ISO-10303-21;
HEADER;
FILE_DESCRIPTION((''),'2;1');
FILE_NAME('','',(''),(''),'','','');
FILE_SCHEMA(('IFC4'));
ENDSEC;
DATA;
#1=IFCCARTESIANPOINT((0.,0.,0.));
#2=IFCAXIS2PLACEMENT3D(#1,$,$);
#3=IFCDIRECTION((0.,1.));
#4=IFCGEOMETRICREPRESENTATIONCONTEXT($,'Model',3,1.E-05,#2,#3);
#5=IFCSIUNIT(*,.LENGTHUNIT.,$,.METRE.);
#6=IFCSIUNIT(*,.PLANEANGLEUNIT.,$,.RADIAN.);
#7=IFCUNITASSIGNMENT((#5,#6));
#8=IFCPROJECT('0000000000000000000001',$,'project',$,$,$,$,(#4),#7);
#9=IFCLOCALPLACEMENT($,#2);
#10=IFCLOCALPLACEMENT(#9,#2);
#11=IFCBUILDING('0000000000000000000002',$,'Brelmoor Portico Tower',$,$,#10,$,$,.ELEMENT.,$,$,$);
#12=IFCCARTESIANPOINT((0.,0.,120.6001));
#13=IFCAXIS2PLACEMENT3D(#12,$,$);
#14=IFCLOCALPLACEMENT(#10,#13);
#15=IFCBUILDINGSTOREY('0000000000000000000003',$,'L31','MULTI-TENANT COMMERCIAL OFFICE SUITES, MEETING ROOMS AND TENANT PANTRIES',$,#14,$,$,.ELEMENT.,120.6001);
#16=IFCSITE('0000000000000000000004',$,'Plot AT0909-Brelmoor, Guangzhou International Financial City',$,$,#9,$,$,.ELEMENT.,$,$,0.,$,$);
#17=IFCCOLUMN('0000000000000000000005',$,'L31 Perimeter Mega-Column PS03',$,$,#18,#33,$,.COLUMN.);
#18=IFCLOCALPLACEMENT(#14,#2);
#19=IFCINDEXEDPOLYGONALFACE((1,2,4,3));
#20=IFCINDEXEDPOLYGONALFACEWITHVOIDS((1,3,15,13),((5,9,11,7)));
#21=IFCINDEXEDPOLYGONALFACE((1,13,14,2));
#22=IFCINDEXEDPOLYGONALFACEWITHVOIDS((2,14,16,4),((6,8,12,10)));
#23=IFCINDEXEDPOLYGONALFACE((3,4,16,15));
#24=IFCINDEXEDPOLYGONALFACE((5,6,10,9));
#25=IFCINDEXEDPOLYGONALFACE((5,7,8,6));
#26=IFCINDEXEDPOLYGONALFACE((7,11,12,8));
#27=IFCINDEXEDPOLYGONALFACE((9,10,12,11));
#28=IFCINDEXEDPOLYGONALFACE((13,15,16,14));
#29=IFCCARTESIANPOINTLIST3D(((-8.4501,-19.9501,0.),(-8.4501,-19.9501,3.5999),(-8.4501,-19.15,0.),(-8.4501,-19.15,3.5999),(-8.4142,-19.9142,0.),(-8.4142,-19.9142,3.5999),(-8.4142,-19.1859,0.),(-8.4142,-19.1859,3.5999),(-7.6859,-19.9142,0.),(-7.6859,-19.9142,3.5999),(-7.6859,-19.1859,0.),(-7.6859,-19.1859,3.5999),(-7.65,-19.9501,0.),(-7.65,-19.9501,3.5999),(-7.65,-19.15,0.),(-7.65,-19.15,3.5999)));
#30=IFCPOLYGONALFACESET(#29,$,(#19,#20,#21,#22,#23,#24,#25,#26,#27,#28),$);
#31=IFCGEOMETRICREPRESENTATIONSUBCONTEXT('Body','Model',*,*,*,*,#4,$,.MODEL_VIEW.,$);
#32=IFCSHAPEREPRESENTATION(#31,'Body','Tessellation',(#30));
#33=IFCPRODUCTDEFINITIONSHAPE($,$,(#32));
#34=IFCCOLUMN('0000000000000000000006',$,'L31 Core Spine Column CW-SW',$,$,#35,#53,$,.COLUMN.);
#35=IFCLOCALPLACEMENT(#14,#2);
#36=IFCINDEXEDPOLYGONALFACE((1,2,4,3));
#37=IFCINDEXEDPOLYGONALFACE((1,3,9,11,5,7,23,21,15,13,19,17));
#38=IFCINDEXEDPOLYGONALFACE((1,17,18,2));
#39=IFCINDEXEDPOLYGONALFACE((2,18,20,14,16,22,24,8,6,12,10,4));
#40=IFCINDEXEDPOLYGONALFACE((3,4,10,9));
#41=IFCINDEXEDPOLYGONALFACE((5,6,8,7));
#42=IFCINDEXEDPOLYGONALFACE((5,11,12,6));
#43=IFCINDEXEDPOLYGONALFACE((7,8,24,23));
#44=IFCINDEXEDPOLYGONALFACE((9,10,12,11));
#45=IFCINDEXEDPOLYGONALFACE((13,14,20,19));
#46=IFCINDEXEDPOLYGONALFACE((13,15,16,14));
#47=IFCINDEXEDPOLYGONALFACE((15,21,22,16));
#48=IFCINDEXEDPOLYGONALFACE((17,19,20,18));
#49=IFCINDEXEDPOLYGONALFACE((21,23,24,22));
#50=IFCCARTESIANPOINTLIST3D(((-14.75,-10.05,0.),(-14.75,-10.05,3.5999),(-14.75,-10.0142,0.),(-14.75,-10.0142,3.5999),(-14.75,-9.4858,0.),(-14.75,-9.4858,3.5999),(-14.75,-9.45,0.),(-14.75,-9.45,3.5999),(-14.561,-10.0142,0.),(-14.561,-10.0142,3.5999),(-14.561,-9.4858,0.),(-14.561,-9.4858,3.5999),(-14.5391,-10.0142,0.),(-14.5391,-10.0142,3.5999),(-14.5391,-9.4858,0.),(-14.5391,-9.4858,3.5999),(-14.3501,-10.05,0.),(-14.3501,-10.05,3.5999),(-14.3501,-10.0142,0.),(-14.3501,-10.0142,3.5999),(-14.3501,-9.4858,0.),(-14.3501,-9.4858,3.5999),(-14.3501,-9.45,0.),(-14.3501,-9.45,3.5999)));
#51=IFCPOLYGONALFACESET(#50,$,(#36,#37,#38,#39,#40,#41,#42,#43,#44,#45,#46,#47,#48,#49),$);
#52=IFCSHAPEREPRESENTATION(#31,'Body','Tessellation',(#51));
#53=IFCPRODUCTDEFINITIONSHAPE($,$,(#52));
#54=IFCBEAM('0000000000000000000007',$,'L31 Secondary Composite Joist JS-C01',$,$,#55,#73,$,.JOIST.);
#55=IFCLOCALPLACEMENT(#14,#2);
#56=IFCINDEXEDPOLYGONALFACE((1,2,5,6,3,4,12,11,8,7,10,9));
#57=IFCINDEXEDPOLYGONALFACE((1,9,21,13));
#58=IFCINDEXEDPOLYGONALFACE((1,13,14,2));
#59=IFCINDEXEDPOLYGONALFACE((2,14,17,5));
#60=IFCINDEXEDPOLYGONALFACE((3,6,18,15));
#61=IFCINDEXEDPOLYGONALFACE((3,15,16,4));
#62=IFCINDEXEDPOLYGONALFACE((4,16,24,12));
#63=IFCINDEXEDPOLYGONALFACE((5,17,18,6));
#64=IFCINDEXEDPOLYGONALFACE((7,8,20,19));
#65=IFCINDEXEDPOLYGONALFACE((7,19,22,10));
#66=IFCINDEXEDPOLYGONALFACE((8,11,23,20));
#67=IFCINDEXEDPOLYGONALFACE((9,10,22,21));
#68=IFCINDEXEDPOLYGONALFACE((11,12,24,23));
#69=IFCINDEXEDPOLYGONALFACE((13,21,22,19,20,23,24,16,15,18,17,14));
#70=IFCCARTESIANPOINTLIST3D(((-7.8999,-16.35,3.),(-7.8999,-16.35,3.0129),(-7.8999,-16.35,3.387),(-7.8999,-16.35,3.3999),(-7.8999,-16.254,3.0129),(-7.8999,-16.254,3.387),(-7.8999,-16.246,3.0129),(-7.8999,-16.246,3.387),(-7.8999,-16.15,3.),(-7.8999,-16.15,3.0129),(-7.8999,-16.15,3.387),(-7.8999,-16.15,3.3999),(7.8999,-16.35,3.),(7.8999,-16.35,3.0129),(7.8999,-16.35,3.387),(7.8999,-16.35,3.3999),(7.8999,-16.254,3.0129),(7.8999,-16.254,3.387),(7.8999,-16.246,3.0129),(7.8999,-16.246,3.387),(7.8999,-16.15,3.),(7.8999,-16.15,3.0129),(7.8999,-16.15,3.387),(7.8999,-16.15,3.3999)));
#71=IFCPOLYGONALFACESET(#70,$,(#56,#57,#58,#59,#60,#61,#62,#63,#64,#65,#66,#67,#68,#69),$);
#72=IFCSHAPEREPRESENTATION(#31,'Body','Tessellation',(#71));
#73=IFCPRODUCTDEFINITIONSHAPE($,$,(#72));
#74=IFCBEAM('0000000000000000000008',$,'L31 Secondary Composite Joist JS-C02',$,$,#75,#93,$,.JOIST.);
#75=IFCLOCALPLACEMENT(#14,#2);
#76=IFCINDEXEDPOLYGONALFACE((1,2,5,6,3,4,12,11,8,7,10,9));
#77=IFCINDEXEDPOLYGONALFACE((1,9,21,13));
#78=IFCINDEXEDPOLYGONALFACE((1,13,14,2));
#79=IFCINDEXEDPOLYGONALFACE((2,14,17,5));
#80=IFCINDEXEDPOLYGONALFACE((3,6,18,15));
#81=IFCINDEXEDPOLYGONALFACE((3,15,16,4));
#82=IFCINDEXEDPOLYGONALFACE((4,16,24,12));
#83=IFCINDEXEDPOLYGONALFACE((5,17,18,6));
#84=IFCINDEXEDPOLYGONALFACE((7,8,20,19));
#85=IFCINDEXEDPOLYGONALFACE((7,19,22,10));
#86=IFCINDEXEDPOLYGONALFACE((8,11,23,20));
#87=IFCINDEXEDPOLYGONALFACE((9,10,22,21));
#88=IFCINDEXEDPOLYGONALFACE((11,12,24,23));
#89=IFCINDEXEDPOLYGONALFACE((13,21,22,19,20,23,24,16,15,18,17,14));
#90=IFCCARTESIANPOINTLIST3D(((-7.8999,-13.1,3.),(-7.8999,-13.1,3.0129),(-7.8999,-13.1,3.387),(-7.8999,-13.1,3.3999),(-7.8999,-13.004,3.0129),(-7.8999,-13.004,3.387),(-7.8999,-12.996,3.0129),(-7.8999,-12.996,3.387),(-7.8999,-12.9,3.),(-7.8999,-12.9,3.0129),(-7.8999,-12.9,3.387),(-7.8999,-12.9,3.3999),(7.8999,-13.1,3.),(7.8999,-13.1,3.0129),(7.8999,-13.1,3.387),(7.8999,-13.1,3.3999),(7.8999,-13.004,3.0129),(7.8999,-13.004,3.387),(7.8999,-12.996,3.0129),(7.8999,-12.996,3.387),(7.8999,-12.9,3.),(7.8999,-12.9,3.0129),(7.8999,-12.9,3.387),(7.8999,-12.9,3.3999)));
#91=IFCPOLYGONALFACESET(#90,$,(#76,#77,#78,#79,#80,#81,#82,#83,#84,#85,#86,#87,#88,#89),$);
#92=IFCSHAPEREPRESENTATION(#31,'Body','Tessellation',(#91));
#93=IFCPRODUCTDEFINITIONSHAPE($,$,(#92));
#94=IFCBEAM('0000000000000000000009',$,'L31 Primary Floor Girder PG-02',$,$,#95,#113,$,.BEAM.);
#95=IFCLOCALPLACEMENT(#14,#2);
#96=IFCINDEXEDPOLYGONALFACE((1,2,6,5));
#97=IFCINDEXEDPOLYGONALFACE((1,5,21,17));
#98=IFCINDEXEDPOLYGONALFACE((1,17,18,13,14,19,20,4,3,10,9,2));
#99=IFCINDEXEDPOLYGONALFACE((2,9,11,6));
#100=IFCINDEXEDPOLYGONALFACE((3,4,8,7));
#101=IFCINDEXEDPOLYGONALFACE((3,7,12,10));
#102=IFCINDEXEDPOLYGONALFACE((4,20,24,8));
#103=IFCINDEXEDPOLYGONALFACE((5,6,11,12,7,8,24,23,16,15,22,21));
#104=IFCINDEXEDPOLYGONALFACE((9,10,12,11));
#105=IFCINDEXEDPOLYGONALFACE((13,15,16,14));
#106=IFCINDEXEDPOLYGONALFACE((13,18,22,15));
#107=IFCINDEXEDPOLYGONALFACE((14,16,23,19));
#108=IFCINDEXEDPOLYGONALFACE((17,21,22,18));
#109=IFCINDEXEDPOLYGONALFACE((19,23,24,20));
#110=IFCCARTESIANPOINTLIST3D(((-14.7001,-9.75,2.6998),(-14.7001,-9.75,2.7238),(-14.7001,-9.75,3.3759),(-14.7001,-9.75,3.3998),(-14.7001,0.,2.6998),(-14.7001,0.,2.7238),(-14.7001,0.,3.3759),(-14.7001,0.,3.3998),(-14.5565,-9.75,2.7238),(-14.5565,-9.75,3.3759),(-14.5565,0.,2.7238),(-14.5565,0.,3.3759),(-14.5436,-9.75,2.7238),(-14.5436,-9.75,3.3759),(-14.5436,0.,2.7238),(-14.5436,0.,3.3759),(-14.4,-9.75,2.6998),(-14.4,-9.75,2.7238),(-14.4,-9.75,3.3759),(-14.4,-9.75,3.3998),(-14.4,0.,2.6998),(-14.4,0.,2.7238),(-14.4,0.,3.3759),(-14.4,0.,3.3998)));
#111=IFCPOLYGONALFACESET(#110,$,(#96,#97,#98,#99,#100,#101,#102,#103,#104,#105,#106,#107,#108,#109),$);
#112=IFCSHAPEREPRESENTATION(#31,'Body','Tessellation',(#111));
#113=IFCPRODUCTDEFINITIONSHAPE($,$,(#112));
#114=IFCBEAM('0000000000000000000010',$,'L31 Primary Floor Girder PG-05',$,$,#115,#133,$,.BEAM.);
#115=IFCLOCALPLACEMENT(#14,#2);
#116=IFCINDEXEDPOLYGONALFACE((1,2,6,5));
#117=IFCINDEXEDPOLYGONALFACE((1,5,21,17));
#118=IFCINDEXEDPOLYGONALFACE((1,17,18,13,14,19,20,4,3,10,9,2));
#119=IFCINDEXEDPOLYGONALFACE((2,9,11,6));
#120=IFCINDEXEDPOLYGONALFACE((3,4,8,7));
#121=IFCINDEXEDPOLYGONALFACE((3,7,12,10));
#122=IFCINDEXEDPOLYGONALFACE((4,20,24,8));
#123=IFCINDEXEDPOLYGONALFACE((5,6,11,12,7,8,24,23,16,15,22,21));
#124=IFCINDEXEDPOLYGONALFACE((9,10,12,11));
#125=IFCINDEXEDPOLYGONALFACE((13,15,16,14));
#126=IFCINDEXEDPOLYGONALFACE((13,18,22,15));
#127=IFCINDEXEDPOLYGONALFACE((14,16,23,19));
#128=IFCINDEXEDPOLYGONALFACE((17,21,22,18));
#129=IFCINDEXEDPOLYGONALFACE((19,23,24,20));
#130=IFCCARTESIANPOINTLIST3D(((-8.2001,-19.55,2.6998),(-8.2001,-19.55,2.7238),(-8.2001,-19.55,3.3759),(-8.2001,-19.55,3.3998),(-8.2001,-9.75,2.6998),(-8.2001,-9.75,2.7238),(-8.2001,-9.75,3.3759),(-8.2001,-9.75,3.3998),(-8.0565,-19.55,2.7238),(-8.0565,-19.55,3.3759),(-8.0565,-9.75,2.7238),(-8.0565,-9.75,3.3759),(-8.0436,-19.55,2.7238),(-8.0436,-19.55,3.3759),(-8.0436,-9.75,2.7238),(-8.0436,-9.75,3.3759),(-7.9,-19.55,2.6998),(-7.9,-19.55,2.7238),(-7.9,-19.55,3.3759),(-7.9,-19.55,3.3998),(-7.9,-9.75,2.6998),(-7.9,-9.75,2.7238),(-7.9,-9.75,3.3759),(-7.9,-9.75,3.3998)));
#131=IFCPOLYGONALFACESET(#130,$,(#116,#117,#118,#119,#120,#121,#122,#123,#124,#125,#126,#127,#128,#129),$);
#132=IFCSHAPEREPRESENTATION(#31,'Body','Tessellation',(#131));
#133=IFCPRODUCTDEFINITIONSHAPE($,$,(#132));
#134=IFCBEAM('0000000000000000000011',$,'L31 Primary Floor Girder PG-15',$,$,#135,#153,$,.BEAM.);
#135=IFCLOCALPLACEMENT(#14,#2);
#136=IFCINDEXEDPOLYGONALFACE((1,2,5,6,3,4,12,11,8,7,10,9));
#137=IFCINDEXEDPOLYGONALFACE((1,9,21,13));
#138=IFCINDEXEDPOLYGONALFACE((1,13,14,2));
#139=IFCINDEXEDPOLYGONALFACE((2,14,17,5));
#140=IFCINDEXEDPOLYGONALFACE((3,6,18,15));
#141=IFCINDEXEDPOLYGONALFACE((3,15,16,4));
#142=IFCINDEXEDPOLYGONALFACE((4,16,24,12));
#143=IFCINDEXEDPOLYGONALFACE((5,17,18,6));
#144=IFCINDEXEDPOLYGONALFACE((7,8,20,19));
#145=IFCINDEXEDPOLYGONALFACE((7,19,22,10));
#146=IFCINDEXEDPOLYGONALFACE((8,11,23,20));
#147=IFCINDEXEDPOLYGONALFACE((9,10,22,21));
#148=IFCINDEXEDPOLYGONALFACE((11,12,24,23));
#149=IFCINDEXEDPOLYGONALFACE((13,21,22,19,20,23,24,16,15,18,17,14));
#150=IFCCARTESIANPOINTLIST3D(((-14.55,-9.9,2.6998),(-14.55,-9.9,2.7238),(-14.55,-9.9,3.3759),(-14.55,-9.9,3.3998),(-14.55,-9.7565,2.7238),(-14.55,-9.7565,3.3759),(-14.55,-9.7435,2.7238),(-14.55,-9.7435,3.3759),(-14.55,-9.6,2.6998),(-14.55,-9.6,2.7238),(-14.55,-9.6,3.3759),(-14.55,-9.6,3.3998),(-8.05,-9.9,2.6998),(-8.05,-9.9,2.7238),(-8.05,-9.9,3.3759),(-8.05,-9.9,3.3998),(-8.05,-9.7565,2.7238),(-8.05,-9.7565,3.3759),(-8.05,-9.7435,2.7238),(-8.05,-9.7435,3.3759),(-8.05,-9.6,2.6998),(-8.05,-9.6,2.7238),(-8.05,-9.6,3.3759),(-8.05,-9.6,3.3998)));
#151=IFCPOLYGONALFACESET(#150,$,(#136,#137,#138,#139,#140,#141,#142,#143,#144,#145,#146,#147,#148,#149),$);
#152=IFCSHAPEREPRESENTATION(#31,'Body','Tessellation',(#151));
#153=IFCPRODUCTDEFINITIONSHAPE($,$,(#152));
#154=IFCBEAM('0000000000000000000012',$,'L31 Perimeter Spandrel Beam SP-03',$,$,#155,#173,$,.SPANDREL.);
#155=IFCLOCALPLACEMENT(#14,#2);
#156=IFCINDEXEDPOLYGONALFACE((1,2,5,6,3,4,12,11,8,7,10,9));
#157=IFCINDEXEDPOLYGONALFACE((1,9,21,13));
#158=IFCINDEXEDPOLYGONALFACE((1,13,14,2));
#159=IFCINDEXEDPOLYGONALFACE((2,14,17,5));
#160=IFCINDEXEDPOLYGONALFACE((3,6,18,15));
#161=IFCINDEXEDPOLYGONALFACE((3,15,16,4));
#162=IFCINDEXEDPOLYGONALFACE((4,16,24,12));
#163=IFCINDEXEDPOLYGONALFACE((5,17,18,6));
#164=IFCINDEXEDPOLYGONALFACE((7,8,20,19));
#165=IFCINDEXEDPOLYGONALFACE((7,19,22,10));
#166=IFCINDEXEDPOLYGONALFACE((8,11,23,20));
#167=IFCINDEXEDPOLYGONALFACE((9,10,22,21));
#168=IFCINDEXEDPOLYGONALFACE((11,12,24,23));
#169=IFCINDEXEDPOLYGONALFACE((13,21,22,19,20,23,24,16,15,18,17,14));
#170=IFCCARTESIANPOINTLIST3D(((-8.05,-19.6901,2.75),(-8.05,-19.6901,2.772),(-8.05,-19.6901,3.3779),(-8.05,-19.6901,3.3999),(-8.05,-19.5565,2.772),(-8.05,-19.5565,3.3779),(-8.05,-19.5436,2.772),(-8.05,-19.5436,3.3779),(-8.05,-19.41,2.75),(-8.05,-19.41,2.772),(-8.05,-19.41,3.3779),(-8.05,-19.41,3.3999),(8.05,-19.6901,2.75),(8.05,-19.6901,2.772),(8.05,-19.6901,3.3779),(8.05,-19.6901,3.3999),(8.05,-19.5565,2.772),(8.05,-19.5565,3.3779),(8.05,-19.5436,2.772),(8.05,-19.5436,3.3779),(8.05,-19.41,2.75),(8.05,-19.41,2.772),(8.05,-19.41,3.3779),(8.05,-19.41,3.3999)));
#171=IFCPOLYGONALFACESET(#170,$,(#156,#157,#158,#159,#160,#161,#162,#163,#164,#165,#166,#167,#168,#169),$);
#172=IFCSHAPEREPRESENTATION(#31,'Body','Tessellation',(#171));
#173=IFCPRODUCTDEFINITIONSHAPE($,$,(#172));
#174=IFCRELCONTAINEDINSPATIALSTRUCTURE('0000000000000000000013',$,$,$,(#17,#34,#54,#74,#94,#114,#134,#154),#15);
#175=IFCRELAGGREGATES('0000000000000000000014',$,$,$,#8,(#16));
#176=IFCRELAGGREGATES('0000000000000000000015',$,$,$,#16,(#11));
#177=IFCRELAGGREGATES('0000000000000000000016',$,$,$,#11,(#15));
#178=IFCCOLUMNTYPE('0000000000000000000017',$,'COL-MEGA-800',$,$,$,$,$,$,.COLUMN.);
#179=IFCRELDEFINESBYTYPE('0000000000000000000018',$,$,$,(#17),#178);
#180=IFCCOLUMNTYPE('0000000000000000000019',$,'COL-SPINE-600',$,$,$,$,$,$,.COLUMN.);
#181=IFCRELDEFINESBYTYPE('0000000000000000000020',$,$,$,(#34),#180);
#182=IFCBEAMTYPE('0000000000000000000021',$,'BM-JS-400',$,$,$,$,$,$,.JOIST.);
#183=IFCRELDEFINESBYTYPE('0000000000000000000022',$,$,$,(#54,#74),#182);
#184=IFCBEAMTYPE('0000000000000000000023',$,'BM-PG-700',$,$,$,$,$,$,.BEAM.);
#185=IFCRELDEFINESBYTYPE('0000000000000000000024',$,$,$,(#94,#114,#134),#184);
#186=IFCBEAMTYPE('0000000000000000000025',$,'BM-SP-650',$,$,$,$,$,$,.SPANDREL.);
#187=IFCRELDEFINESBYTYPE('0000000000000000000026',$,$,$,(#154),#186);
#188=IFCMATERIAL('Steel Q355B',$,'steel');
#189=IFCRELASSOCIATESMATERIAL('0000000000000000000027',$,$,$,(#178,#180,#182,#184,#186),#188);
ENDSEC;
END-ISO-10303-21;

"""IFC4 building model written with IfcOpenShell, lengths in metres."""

from ifc_helpers import new_model, si_unit, direction, frame, origin, origin_2d, place, context, subcontext, project, spatial, hollow_rectangle, i_section, extrude, material, material_profile, profile_set, type_object, element, save


model = new_model("IFC4")

# Units and contexts
model_context = context("Model", 3, precision=1e-05, world=origin(), true_north=direction((0.0, 1.0)))
body_context = subcontext(model_context, "Body", "Model", "MODEL_VIEW")
ifc_project = project(units=[si_unit("LENGTHUNIT", "METRE"), si_unit("PLANEANGLEUNIT", "RADIAN")], contexts=[model_context])

# Site, building, storey
site_placement = place(None, origin())
site = spatial("IfcSite", under=ifc_project, at=site_placement, Name="Plot AT0909-Brelmoor, Guangzhou International Financial City", CompositionType="ELEMENT", RefElevation=0.0)
building_placement = place(site_placement, origin())
building = spatial("IfcBuilding", under=site, at=building_placement, Name="Brelmoor Portico Tower", CompositionType="ELEMENT")
storey_placement = place(building_placement, frame((0.0, 0.0, 120.6001)))
storey = spatial("IfcBuildingStorey", under=building, at=storey_placement, Name="L31", Description="MULTI-TENANT COMMERCIAL OFFICE SUITES, MEETING ROOMS AND TENANT PANTRIES", CompositionType="ELEMENT", Elevation=120.6001)

# Columns
ifc_material_1 = material(Name="Steel Q355B", Category="steel")
ifc_material_profile_1 = material_profile(ifc_material_1, hollow_rectangle(XDim=0.8, YDim=0.8, WallThickness=0.0359, at=origin_2d()), Name="BOX 800x800x36")
ifc_profile_set_1 = profile_set([ifc_material_profile_1], Name="Steel Q355B")
column_type_1 = type_object("IfcColumnType", Name="COL-MEGA-800", PredefinedType="COLUMN", material=ifc_profile_set_1)
column_1_placement = place(storey_placement, frame((-8.05, -19.55, 0.0), z_axis=(0.0, 0.0, 1.0), x_axis=(1.0, 0.0, 0.0)))
element("IfcColumn", 1, at=column_1_placement, inside=storey, type_object=column_type_1, Name="L31 Perimeter Mega-Column PS03", PredefinedType="COLUMN", context=body_context, shape_type="SweptSolid", body=[
    extrude(hollow_rectangle(XDim=0.8, YDim=0.8, WallThickness=0.0359, at=origin_2d()), origin(), (0.0, 0.0, 1.0), 3.5999),
])
ifc_material_profile_2 = material_profile(ifc_material_1, i_section(OverallWidth=0.3999, OverallDepth=0.6001, WebThickness=0.022, FlangeThickness=0.0359, at=origin_2d()), Name="HW 600x400x22x36")
ifc_profile_set_2 = profile_set([ifc_material_profile_2], Name="Steel Q355B")
column_type_2 = type_object("IfcColumnType", Name="COL-SPINE-600", PredefinedType="COLUMN", material=ifc_profile_set_2)
column_2_placement = place(storey_placement, frame((-14.55, -9.75, 0.0), z_axis=(0.0, 0.0, 1.0), x_axis=(1.0, 0.0, 0.0)))
element("IfcColumn", 2, at=column_2_placement, inside=storey, type_object=column_type_2, Name="L31 Core Spine Column CW-SW", PredefinedType="COLUMN", context=body_context, shape_type="SweptSolid", body=[
    extrude(i_section(OverallWidth=0.3999, OverallDepth=0.6001, WebThickness=0.022, FlangeThickness=0.0359, at=origin_2d()), origin(), (0.0, 0.0, 1.0), 3.5999),
])

# Beams
ifc_material_profile_3 = material_profile(ifc_material_1, i_section(OverallWidth=0.2, OverallDepth=0.3999, WebThickness=0.0081, FlangeThickness=0.0129, at=origin_2d()), Name="HN 400x200x8x13")
ifc_profile_set_3 = profile_set([ifc_material_profile_3], Name="Steel Q355B")
beam_type_1 = type_object("IfcBeamType", Name="BM-JS-400", PredefinedType="JOIST", material=ifc_profile_set_3)
for number, where, z_axis, x_axis, name in (
    (3, (-7.8999, -16.25, 3.2), (1.0, 0.0, 0.0), (0.0, 1.0, 0.0), "L31 Secondary Composite Joist JS-C01"),
    (4, (-7.8999, -13.0, 3.2), (1.0, 0.0, 0.0), (0.0, 1.0, 0.0), "L31 Secondary Composite Joist JS-C02"),
):
    element("IfcBeam", number, at=place(storey_placement, frame(where, z_axis=z_axis, x_axis=x_axis)), inside=storey, type_object=beam_type_1, Name=name, PredefinedType="JOIST", context=body_context, shape_type="SweptSolid", body=[
        extrude(i_section(OverallWidth=0.2, OverallDepth=0.3999, WebThickness=0.0081, FlangeThickness=0.0129, at=origin_2d()), origin(), (0.0, 0.0, 1.0), 15.7998),
    ])
ifc_material_profile_4 = material_profile(ifc_material_1, i_section(OverallWidth=0.3, OverallDepth=0.7, WebThickness=0.0129, FlangeThickness=0.0239, at=origin_2d()), Name="HN 700x300x13x24")
ifc_profile_set_4 = profile_set([ifc_material_profile_4], Name="Steel Q355B")
beam_type_2 = type_object("IfcBeamType", Name="BM-PG-700", PredefinedType="BEAM", material=ifc_profile_set_4)
beam_1_placement = place(storey_placement, frame((-14.55, -9.75, 3.0498), z_axis=(0.0, 1.0, 0.0), x_axis=(-1.0, 0.0, 0.0)))
element("IfcBeam", 5, at=beam_1_placement, inside=storey, type_object=beam_type_2, Name="L31 Primary Floor Girder PG-02", PredefinedType="BEAM", context=body_context, shape_type="SweptSolid", body=[
    extrude(i_section(OverallWidth=0.3, OverallDepth=0.7, WebThickness=0.0129, FlangeThickness=0.0239, at=origin_2d()), origin(), (0.0, 0.0, 1.0), 9.75),
])
beam_2_placement = place(storey_placement, frame((-8.05, -19.55, 3.0498), z_axis=(0.0, 1.0, 0.0), x_axis=(-1.0, 0.0, 0.0)))
element("IfcBeam", 6, at=beam_2_placement, inside=storey, type_object=beam_type_2, Name="L31 Primary Floor Girder PG-05", PredefinedType="BEAM", context=body_context, shape_type="SweptSolid", body=[
    extrude(i_section(OverallWidth=0.3, OverallDepth=0.7, WebThickness=0.0129, FlangeThickness=0.0239, at=origin_2d()), origin(), (0.0, 0.0, 1.0), 9.8),
])
beam_3_placement = place(storey_placement, frame((-14.55, -9.75, 3.0498), z_axis=(1.0, 0.0, 0.0), x_axis=(0.0, 1.0, 0.0)))
element("IfcBeam", 7, at=beam_3_placement, inside=storey, type_object=beam_type_2, Name="L31 Primary Floor Girder PG-15", PredefinedType="BEAM", context=body_context, shape_type="SweptSolid", body=[
    extrude(i_section(OverallWidth=0.3, OverallDepth=0.7, WebThickness=0.0129, FlangeThickness=0.0239, at=origin_2d()), origin(), (0.0, 0.0, 1.0), 6.5),
])
ifc_material_profile_5 = material_profile(ifc_material_1, i_section(OverallWidth=0.28, OverallDepth=0.6499, WebThickness=0.0129, FlangeThickness=0.022, at=origin_2d()), Name="HN 650x280x13x22")
ifc_profile_set_5 = profile_set([ifc_material_profile_5], Name="Steel Q355B")
beam_type_3 = type_object("IfcBeamType", Name="BM-SP-650", PredefinedType="SPANDREL", material=ifc_profile_set_5)
beam_4_placement = place(storey_placement, frame((-8.05, -19.55, 3.075), z_axis=(1.0, 0.0, 0.0), x_axis=(0.0, 1.0, 0.0)))
element("IfcBeam", 8, at=beam_4_placement, inside=storey, type_object=beam_type_3, Name="L31 Perimeter Spandrel Beam SP-03", PredefinedType="SPANDREL", context=body_context, shape_type="SweptSolid", body=[
    extrude(i_section(OverallWidth=0.28, OverallDepth=0.6499, WebThickness=0.0129, FlangeThickness=0.022, at=origin_2d()), origin(), (0.0, 0.0, 1.0), 16.1001),
])

save(model, "model.ifc")
